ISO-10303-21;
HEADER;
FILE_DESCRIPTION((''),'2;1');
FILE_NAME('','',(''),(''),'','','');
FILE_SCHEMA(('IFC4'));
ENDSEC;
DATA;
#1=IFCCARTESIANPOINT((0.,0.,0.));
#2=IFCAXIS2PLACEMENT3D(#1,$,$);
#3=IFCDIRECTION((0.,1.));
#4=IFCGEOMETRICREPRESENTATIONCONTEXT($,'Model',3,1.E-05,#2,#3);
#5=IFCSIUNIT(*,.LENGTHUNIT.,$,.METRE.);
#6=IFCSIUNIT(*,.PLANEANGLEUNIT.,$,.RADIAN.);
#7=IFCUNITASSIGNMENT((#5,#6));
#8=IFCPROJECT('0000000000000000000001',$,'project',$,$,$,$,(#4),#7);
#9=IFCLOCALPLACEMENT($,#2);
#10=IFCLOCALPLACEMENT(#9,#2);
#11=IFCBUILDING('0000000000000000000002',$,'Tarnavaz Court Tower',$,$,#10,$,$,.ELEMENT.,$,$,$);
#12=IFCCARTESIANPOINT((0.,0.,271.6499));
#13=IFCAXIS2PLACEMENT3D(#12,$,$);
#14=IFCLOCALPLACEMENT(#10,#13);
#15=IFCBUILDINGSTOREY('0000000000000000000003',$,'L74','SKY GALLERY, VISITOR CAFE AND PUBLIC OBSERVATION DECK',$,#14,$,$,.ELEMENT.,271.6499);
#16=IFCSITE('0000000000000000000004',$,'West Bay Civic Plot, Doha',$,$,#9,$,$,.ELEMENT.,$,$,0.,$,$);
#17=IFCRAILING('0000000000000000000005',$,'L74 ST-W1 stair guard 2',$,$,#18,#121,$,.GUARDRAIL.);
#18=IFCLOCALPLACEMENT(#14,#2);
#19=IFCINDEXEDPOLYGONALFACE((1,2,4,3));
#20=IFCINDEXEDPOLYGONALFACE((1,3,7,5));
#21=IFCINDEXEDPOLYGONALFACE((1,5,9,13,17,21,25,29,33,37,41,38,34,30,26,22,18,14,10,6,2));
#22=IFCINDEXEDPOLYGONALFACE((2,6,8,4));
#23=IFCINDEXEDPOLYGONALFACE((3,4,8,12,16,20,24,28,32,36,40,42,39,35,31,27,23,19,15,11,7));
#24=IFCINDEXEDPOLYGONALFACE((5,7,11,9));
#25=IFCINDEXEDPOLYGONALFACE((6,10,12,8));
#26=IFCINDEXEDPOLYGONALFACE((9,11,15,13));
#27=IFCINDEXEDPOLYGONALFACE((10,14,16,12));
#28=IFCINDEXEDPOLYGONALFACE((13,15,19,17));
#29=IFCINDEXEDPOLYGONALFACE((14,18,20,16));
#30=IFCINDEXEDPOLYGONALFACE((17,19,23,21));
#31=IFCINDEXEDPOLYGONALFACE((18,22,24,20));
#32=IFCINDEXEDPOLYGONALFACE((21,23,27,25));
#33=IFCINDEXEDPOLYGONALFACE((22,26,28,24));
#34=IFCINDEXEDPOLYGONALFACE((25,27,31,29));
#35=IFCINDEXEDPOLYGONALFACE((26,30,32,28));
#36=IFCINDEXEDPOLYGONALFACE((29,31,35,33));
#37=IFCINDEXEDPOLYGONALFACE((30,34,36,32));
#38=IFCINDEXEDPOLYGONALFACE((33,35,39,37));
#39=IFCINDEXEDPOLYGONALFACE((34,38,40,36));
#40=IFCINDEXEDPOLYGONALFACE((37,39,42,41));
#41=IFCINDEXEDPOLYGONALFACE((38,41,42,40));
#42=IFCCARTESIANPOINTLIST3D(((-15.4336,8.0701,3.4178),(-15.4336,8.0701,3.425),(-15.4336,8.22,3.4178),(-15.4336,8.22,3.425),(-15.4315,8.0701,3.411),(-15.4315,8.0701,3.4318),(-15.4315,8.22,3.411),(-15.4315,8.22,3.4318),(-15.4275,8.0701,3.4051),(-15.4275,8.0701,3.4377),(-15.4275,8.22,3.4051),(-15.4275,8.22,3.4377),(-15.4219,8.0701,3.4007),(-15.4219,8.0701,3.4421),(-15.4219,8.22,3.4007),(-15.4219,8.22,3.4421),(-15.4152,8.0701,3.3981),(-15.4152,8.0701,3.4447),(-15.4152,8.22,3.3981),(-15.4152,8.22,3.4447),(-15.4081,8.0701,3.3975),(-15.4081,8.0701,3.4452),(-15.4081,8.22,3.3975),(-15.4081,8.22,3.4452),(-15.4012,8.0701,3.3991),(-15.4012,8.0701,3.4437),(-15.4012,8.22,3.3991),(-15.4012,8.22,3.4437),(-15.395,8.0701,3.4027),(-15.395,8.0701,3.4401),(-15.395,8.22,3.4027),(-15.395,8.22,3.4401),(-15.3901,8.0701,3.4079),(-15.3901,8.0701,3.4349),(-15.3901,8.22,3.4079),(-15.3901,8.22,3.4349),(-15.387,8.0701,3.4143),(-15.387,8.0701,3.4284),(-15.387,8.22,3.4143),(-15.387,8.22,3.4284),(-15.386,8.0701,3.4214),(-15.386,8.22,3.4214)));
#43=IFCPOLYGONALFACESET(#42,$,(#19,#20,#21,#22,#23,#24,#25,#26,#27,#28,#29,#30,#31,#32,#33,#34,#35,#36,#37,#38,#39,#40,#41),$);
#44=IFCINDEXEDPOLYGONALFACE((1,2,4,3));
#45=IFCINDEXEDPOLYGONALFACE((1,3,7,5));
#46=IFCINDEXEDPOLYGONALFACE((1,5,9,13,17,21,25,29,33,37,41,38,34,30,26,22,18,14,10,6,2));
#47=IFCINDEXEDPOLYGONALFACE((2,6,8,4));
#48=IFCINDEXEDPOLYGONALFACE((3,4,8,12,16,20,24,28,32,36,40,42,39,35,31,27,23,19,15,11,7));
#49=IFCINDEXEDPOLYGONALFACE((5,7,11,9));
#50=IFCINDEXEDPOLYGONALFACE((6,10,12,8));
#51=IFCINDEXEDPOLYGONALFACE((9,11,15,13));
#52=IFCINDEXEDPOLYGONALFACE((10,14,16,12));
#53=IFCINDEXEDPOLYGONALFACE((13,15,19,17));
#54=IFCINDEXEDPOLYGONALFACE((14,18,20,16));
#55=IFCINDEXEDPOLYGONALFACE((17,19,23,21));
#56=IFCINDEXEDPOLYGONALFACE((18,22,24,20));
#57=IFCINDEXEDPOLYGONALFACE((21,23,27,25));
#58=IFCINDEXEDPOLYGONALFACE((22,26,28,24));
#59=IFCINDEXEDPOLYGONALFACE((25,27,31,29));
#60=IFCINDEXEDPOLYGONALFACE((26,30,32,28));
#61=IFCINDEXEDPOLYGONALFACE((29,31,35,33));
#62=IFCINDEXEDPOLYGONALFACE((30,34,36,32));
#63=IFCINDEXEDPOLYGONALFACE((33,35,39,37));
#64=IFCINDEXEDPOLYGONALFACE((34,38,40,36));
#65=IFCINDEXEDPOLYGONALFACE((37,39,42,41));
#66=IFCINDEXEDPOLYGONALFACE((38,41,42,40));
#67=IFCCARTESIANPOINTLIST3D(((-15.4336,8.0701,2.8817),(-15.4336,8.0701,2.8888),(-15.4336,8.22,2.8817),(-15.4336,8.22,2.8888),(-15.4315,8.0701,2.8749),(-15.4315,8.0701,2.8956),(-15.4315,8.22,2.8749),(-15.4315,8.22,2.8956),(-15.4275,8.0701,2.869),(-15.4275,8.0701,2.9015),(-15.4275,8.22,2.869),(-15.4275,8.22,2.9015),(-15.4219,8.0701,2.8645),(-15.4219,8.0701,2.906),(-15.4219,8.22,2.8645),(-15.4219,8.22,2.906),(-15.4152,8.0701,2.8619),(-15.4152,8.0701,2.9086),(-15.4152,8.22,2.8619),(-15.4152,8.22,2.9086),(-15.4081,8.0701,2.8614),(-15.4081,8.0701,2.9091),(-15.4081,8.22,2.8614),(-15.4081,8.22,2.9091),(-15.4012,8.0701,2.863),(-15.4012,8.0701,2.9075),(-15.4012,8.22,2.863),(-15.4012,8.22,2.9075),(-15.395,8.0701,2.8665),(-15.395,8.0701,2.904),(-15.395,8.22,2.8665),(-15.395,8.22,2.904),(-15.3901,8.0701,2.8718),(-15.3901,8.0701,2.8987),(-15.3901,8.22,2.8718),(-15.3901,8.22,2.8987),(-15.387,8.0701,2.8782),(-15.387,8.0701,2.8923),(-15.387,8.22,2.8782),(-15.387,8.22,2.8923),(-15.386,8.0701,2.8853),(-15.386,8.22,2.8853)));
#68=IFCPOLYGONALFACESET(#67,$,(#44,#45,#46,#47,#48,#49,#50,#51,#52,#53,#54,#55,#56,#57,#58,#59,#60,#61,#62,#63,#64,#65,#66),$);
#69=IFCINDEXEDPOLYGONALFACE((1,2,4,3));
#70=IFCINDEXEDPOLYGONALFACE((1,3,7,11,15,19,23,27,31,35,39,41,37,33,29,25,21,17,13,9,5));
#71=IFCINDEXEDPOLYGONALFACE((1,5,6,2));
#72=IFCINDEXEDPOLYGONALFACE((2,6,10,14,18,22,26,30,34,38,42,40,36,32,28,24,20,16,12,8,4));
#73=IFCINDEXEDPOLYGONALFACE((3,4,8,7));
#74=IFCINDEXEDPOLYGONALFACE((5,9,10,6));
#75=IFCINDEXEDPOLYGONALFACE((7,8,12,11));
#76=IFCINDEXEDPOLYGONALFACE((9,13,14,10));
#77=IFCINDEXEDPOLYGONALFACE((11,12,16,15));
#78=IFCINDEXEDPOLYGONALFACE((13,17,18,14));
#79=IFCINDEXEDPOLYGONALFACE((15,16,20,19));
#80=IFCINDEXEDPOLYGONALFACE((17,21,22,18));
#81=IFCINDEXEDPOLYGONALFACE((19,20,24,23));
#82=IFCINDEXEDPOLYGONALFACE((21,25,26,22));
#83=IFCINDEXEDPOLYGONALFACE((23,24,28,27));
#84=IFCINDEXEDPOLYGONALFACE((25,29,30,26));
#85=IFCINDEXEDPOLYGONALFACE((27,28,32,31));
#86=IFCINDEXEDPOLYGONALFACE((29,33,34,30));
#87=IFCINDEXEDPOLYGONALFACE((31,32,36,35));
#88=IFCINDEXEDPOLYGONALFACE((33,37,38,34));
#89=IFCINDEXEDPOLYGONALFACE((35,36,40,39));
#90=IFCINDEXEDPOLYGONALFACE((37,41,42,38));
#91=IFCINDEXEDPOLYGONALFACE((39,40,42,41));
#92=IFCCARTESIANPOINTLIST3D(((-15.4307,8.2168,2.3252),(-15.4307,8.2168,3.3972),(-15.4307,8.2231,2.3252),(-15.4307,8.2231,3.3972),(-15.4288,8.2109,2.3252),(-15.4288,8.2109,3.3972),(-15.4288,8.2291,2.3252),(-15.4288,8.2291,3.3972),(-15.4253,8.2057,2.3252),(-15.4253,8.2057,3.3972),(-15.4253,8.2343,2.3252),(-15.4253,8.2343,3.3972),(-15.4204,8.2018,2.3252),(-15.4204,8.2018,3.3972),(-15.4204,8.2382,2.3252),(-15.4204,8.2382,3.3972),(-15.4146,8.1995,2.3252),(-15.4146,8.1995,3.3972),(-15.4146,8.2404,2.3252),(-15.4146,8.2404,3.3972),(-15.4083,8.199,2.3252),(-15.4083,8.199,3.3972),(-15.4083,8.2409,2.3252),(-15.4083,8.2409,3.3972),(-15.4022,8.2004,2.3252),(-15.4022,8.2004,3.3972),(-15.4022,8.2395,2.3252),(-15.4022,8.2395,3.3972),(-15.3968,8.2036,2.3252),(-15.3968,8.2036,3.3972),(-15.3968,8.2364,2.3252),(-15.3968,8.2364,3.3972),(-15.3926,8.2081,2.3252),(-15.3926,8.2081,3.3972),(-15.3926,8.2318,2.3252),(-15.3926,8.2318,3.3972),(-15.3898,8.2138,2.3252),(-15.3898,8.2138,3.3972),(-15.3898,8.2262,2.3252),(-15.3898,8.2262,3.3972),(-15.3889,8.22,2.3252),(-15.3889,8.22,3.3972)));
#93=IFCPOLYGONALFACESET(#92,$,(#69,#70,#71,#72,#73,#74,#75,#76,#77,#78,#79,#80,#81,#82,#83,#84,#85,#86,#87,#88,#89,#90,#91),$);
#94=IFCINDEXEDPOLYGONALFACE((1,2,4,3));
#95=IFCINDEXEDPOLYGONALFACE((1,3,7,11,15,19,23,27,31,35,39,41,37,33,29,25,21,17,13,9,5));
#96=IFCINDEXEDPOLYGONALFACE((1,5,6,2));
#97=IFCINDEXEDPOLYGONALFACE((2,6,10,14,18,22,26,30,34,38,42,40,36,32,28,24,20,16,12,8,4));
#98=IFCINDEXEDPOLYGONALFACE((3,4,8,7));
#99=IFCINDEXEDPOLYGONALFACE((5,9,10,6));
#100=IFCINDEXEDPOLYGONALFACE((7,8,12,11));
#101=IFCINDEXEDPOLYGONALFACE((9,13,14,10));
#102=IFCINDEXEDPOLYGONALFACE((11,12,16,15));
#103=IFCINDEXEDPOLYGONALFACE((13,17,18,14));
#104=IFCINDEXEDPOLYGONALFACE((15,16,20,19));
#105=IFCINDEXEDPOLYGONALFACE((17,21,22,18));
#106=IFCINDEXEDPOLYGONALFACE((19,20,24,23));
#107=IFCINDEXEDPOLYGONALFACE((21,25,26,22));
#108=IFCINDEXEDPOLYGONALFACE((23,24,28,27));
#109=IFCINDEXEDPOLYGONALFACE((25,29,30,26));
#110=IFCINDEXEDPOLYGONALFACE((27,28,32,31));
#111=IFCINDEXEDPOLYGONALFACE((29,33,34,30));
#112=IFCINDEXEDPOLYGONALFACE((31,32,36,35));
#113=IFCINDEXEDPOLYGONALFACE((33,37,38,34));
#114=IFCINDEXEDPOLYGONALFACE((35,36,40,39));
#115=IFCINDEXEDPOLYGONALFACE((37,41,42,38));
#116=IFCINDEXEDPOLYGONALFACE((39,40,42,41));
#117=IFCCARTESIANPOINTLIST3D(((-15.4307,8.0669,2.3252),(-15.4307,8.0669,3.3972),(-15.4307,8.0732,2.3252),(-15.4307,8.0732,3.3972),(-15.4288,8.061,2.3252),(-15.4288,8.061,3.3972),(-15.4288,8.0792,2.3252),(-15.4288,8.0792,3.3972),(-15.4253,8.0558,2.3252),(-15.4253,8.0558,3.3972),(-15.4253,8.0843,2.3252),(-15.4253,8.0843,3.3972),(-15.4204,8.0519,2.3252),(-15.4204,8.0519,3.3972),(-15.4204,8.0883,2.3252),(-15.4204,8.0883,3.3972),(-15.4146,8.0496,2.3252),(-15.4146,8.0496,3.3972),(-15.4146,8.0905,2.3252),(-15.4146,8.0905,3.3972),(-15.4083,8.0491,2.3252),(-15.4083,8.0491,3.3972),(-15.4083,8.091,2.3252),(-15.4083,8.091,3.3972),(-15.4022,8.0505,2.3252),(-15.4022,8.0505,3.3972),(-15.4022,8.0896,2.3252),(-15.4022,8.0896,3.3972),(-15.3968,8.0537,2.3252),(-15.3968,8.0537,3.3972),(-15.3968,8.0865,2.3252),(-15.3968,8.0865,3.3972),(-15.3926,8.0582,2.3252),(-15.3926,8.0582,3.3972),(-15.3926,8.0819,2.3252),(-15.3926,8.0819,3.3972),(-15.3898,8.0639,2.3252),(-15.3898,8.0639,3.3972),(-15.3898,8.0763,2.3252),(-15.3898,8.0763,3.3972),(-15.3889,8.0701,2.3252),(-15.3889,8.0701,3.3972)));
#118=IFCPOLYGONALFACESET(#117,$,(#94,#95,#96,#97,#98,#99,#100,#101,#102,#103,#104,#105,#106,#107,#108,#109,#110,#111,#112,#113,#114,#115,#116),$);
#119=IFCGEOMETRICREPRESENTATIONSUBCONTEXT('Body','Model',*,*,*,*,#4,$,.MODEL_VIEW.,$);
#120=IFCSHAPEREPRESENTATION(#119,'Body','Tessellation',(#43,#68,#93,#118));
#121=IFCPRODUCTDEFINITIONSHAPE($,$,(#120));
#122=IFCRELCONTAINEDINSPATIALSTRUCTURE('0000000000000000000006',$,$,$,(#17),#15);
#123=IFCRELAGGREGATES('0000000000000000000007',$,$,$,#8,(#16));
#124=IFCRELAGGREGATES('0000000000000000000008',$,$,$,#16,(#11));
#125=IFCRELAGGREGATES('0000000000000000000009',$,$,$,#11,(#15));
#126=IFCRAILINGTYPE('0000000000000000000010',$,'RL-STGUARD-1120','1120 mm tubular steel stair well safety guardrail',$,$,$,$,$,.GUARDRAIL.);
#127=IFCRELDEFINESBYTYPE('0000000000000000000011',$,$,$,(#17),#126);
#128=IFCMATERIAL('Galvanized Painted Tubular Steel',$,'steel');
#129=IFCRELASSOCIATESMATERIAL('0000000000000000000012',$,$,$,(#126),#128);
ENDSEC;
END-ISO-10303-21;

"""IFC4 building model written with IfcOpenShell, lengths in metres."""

from ifc_helpers import new_model, si_unit, direction, frame, origin, origin_2d, place, context, subcontext, project, spatial, circle, extrude, material, type_object, element, save


model = new_model("IFC4")

# Units and contexts
model_context = context("Model", 3, precision=1e-05, world=origin(), true_north=direction((0.0, 1.0)))
body_context = subcontext(model_context, "Body", "Model", "MODEL_VIEW")
ifc_project = project(units=[si_unit("LENGTHUNIT", "METRE"), si_unit("PLANEANGLEUNIT", "RADIAN")], contexts=[model_context])

# Site, building, storey
site_placement = place(None, origin())
site = spatial("IfcSite", under=ifc_project, at=site_placement, Name="West Bay Civic Plot, Doha", CompositionType="ELEMENT", RefElevation=0.0)
building_placement = place(site_placement, origin())
building = spatial("IfcBuilding", under=site, at=building_placement, Name="Tarnavaz Court Tower", CompositionType="ELEMENT")
storey_placement = place(building_placement, frame((0.0, 0.0, 271.6499)))
storey = spatial("IfcBuildingStorey", under=building, at=storey_placement, Name="L74", Description="SKY GALLERY, VISITOR CAFE AND PUBLIC OBSERVATION DECK", CompositionType="ELEMENT", Elevation=271.6499)

# Railing
ifc_material_1 = material(Name="Galvanized Painted Tubular Steel", Category="steel")
railing_type_1 = type_object("IfcRailingType", Name="RL-STGUARD-1120", Description="1120 mm tubular steel stair well safety guardrail", PredefinedType="GUARDRAIL", material=ifc_material_1)
railing_1_placement = place(storey_placement, frame((-15.4099, 8.22, 2.3252)))
element("IfcRailing", 1, at=railing_1_placement, inside=storey, type_object=railing_type_1, Name="L74 ST-W1 stair guard 2", PredefinedType="GUARDRAIL", context=body_context, shape_type="SweptSolid", body=[
    extrude(circle(Radius=0.0239, at=origin_2d()), frame((0.0, 0.0, 1.0962), z_axis=(0.0, -1.0, 0.0), x_axis=(1.0, 0.0, 0.0)), (0.0, 0.0, 1.0), 0.1499),
    extrude(circle(Radius=0.0239, at=origin_2d()), frame((0.0, 0.0, 0.5601), z_axis=(0.0, -1.0, 0.0), x_axis=(1.0, 0.0, 0.0)), (0.0, 0.0, 1.0), 0.1499),
    extrude(circle(Radius=0.021, at=origin_2d()), origin(), (0.0, 0.0, 1.0), 1.072),
    extrude(circle(Radius=0.021, at=origin_2d()), frame((0.0, -0.1499, 0.0)), (0.0, 0.0, 1.0), 1.072),
])

save(model, "model.ifc")
